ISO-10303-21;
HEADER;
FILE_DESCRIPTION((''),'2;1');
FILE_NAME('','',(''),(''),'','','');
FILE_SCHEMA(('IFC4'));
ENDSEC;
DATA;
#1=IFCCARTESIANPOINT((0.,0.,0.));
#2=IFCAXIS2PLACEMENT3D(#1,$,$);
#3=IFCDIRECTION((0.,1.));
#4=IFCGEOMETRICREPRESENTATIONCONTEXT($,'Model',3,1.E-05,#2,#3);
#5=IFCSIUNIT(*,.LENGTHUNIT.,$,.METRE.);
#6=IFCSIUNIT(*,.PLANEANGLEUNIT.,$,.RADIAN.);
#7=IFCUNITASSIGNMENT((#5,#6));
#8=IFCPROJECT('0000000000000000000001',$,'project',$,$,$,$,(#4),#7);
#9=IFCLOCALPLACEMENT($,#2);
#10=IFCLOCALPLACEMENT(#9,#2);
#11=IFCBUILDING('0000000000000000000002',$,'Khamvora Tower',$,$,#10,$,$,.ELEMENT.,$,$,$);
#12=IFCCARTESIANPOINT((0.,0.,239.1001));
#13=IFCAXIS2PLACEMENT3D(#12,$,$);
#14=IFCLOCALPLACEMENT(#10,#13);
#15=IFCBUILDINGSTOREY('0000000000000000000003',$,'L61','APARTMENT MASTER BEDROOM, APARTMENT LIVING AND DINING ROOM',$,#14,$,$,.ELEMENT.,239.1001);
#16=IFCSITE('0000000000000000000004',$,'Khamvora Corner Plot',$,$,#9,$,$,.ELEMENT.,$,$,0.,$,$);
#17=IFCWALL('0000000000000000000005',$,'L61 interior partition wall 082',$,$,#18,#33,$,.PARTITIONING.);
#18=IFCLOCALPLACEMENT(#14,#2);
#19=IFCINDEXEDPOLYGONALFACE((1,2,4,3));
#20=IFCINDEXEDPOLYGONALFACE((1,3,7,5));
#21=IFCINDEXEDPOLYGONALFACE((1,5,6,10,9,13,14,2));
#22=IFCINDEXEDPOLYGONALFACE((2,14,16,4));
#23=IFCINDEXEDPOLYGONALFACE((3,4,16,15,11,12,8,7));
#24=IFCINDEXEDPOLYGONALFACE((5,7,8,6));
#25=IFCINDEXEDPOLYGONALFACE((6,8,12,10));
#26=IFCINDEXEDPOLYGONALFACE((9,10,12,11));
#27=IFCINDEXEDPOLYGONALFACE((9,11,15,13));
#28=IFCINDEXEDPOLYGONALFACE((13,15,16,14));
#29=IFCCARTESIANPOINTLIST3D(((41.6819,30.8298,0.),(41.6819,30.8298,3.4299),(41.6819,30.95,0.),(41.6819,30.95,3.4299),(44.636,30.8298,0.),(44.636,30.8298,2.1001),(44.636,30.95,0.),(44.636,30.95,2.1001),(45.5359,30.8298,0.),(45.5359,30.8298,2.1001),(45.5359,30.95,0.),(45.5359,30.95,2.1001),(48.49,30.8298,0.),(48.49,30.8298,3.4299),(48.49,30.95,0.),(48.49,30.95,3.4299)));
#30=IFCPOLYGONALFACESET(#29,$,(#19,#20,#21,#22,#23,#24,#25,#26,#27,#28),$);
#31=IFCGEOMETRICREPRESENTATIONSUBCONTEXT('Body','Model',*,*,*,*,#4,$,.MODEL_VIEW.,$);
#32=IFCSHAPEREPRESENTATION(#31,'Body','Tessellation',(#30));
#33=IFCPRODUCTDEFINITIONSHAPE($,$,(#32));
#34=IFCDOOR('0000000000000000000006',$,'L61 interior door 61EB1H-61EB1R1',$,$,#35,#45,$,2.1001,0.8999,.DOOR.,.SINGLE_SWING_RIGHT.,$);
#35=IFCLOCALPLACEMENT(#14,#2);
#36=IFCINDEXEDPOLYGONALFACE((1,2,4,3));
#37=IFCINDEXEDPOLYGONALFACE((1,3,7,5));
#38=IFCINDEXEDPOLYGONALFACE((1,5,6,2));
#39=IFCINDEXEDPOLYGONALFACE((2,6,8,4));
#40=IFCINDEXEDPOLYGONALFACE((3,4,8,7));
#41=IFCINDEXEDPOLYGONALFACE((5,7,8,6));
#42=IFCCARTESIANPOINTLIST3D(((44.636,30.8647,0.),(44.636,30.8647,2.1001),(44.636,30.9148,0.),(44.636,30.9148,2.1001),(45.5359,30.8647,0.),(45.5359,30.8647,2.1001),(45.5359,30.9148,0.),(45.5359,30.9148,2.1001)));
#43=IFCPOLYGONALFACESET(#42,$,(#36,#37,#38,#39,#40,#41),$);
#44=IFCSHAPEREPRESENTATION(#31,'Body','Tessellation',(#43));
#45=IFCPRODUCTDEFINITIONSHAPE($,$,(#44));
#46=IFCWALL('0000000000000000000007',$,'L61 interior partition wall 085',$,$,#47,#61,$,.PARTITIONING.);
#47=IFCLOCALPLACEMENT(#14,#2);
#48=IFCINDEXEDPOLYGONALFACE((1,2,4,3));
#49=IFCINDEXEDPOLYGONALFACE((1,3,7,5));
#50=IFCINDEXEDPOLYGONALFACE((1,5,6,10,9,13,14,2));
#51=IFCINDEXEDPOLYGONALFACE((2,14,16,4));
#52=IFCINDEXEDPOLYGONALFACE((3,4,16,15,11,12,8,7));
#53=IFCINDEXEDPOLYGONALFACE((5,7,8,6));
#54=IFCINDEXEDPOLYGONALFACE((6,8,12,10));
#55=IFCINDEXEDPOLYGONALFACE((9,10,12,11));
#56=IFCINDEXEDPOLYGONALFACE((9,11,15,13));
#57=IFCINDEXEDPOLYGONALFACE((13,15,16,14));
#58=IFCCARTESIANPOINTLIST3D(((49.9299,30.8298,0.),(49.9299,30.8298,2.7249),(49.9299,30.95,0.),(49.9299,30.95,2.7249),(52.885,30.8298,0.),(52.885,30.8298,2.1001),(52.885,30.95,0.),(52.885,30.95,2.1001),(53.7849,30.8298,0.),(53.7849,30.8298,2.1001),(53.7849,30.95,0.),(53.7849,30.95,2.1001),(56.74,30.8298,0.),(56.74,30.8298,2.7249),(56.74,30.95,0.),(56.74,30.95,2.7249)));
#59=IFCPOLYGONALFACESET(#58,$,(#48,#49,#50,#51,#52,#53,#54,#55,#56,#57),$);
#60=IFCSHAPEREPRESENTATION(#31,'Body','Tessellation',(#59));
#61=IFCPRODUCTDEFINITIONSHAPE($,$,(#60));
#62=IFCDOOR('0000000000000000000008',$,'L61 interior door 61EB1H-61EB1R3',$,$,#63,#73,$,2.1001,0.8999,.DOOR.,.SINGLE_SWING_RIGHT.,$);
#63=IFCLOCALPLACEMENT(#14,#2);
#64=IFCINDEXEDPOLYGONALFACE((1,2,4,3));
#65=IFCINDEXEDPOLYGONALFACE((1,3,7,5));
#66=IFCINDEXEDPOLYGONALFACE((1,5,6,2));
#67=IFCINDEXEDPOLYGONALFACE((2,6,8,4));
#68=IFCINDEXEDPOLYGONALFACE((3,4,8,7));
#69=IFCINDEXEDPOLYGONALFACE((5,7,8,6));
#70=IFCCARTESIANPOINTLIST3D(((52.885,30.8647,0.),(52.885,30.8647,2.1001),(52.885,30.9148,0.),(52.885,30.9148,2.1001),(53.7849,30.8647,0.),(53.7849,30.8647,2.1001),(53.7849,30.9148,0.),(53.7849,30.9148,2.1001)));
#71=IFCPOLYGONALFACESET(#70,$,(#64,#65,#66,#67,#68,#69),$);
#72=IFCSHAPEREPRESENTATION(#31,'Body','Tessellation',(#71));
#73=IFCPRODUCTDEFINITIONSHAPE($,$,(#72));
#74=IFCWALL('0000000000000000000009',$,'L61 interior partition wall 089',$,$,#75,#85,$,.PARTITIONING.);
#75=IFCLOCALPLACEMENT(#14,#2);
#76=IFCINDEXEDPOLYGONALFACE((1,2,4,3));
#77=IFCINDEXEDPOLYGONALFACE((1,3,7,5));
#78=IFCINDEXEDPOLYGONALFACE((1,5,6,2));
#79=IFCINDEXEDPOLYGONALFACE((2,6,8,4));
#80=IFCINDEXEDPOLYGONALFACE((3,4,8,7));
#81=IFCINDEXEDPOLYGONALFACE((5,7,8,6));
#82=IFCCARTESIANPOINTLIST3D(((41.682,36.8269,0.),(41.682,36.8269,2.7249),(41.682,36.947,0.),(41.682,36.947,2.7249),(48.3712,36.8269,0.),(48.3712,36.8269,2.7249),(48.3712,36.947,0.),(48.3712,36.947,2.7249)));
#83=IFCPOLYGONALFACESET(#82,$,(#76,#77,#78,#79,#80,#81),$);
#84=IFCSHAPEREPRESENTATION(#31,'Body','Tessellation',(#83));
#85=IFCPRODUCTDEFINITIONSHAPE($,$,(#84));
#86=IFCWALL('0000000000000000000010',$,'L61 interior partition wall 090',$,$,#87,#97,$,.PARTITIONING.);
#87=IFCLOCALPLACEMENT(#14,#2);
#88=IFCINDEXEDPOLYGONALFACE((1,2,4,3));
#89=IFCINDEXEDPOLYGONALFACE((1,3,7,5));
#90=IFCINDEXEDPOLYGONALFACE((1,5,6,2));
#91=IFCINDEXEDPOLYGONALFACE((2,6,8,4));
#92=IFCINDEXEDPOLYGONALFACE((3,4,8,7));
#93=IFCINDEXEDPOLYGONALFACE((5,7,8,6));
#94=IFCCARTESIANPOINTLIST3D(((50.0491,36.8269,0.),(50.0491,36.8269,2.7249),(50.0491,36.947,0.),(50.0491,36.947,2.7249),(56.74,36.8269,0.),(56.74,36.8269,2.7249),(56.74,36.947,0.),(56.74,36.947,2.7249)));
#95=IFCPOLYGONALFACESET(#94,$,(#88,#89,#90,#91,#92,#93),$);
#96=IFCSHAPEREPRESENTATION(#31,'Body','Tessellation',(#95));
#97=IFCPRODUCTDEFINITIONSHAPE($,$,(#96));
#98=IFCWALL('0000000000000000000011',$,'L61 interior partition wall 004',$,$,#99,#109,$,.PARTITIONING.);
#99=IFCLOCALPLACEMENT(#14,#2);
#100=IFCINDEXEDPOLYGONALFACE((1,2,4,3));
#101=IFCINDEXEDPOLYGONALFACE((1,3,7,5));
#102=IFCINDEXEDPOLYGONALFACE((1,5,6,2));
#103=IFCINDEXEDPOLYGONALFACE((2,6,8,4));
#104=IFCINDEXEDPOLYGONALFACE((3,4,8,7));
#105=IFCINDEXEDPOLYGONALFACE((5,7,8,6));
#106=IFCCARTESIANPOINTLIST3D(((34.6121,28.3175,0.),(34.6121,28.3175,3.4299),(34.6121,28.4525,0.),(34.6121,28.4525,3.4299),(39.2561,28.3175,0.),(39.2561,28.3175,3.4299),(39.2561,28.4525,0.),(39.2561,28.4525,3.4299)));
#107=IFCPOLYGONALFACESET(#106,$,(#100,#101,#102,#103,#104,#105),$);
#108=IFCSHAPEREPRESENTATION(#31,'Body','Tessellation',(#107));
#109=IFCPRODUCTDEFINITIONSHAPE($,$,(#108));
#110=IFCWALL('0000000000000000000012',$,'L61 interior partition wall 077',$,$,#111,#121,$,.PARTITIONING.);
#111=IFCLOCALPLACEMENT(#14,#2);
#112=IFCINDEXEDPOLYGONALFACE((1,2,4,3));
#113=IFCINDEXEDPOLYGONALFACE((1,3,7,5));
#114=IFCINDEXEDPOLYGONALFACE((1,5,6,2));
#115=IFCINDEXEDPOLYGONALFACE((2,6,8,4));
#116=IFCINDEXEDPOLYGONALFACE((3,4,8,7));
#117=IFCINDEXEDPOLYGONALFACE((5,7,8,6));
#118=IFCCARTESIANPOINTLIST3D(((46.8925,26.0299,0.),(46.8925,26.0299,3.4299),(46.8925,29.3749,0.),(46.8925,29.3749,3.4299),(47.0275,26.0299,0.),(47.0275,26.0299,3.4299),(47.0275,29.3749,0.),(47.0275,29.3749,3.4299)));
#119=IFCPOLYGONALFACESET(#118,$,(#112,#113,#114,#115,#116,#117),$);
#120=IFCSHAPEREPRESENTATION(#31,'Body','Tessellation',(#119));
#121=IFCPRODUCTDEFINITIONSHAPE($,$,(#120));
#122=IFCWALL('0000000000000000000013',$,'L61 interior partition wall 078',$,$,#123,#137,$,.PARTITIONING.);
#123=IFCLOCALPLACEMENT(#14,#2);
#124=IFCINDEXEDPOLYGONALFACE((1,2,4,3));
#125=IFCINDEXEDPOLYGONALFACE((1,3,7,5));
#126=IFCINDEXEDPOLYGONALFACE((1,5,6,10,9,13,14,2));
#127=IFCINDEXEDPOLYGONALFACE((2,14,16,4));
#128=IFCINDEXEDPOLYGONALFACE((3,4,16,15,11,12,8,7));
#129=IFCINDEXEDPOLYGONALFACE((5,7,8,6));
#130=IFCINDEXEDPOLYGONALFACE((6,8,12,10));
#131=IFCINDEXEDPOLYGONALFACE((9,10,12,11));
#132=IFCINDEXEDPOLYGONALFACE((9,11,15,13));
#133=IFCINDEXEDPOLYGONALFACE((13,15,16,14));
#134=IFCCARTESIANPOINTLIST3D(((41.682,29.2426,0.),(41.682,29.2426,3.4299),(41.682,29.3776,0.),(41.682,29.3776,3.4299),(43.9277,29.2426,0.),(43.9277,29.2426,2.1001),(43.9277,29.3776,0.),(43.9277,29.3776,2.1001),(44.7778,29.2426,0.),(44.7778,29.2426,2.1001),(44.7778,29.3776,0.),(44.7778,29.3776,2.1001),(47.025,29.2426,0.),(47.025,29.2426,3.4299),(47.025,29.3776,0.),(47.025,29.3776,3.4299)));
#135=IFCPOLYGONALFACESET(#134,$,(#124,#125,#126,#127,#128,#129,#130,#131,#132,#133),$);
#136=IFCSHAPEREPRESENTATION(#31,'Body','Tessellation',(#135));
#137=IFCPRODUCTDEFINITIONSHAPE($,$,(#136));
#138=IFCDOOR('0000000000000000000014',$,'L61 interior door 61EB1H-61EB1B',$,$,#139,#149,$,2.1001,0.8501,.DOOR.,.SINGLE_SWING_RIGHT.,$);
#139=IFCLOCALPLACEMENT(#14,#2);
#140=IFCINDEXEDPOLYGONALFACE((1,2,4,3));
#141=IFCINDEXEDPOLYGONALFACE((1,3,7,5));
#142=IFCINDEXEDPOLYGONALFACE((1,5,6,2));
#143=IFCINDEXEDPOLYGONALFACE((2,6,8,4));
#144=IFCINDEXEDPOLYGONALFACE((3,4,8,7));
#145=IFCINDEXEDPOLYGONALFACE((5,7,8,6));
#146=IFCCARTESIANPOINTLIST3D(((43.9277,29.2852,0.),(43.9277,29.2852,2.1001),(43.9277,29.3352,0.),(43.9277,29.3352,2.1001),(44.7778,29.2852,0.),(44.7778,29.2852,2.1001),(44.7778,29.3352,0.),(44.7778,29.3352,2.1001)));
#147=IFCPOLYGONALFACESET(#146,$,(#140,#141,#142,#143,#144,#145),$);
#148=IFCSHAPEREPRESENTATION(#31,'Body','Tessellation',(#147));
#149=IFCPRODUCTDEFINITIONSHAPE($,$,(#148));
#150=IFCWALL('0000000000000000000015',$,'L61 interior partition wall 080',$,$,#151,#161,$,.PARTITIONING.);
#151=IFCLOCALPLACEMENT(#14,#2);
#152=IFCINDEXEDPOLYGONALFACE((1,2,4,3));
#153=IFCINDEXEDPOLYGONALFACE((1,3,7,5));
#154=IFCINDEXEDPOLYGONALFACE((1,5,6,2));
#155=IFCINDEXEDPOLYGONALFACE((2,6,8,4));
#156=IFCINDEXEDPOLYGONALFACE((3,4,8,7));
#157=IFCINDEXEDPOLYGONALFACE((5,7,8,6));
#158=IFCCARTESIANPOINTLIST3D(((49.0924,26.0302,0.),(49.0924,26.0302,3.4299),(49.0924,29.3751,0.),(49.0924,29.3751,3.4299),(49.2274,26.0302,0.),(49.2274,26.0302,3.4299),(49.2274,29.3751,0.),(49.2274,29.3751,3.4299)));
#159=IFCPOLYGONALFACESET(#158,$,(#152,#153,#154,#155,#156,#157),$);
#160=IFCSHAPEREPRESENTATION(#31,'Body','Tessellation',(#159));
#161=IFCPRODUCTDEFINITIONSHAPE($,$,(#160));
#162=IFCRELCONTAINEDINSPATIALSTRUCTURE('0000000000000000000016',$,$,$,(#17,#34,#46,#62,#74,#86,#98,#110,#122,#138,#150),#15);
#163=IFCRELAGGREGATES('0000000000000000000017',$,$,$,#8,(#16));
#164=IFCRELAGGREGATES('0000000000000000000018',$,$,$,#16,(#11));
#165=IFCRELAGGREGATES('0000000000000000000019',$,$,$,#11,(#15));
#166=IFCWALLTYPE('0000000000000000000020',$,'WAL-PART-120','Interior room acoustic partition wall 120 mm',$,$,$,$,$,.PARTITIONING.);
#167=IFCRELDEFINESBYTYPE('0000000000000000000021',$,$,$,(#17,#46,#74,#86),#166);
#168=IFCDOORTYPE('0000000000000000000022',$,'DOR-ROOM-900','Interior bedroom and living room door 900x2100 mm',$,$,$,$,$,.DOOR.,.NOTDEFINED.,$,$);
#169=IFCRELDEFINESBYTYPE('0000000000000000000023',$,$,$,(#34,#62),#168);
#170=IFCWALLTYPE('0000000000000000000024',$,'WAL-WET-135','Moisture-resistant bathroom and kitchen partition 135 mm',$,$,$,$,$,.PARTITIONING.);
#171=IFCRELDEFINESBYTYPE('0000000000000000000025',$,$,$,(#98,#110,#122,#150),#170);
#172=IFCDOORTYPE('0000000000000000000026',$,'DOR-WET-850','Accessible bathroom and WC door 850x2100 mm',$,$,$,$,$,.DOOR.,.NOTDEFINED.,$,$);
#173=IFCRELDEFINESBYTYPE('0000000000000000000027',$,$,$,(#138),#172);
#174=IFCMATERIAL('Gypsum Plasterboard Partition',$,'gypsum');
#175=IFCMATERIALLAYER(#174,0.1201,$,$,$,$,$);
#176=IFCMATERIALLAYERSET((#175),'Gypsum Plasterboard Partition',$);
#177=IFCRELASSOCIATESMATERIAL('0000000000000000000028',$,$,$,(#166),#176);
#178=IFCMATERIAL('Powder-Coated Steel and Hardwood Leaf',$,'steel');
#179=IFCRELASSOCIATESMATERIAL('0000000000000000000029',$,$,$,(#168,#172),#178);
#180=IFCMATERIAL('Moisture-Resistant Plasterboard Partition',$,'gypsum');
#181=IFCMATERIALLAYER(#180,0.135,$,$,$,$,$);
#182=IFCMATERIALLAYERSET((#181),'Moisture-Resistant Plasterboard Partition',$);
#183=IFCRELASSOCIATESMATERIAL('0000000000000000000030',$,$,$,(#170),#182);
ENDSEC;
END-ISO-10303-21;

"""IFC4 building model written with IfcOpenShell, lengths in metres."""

from ifc_helpers import new_model, si_unit, direction, frame, frame_2d, origin, place, context, subcontext, project, spatial, rectangle, extrude, material, layer, layer_set, type_object, element, fill, save


model = new_model("IFC4")

# Units and contexts
model_context = context("Model", 3, precision=1e-05, world=origin(), true_north=direction((0.0, 1.0)))
body_context = subcontext(model_context, "Body", "Model", "MODEL_VIEW")
ifc_project = project(units=[si_unit("LENGTHUNIT", "METRE"), si_unit("PLANEANGLEUNIT", "RADIAN")], contexts=[model_context])

# Site, building, storey
site_placement = place(None, origin())
site = spatial("IfcSite", under=ifc_project, at=site_placement, Name="Khamvora Corner Plot", CompositionType="ELEMENT", RefElevation=0.0)
building_placement = place(site_placement, origin())
building = spatial("IfcBuilding", under=site, at=building_placement, Name="Khamvora Tower", CompositionType="ELEMENT")
storey_placement = place(building_placement, frame((0.0, 0.0, 239.1001)))
storey = spatial("IfcBuildingStorey", under=building, at=storey_placement, Name="L61", Description="APARTMENT MASTER BEDROOM, APARTMENT LIVING AND DINING ROOM", CompositionType="ELEMENT", Elevation=239.1001)

# Shared definitions
ifc_material_1 = material(Name="Powder-Coated Steel and Hardwood Leaf", Category="steel")

# Shared definitions
ifc_material_2 = material(Name="Gypsum Plasterboard Partition", Category="gypsum")
ifc_layer_1 = layer(ifc_material_2, 0.1201)
ifc_layer_set_1 = layer_set([ifc_layer_1], Name="Gypsum Plasterboard Partition")
wall_type_1 = type_object("IfcWallType", Name="WAL-PART-120", Description="Interior room acoustic partition wall 120 mm", PredefinedType="PARTITIONING", material=ifc_layer_set_1)

# Walls, openings, doors
wall_1_placement = place(storey_placement, frame((41.6819, 30.8899, 0.0), z_axis=(0.0, 0.0, 1.0), x_axis=(1.0, 0.0, 0.0)))
wall_1 = element("IfcWall", 1, at=wall_1_placement, inside=storey, type_object=wall_type_1, Name="L61 interior partition wall 082", PredefinedType="PARTITIONING", context=body_context, shape_type="SweptSolid", body=[
    extrude(rectangle(XDim=6.8081, YDim=0.1201, at=frame_2d((3.4041, 0.0))), origin(), (0.0, 0.0, 1.0), 3.4299),
])
opening_1_placement = place(wall_1_placement, frame((2.9541, 0.0, 0.0)))
opening_1 = element("IfcOpeningElement", 2, at=opening_1_placement, cuts=wall_1, PredefinedType="OPENING", context=body_context, shape_type="SweptSolid", body=[
    extrude(rectangle(XDim=0.8999, YDim=2.1001, at=frame_2d((0.45, 1.05))), frame((0.0, 0.0701, 0.0), z_axis=(0.0, -1.0, 0.0), x_axis=(1.0, 0.0, 0.0)), (0.0, 0.0, 1.0), 0.1401),
])
door_type_1 = type_object("IfcDoorType", Name="DOR-ROOM-900", Description="Interior bedroom and living room door 900x2100 mm", OperationType="NOTDEFINED", PredefinedType="DOOR", material=ifc_material_1)
door_1_placement = place(opening_1_placement, origin())
door_1 = element("IfcDoor", 3, at=door_1_placement, inside=storey, type_object=door_type_1, Name="L61 interior door 61EB1H-61EB1R1", OperationType="SINGLE_SWING_RIGHT", OverallHeight=2.1001, OverallWidth=0.8999, PredefinedType="DOOR", context=body_context, shape_type="SweptSolid", body=[
    extrude(rectangle(XDim=0.8999, YDim=2.1001, at=frame_2d((0.45, 1.05))), frame((0.0, 0.0249, 0.0), z_axis=(0.0, -1.0, 0.0), x_axis=(1.0, 0.0, 0.0)), (0.0, 0.0, 1.0), 0.05),
])
fill(opening_1, door_1)
wall_2_placement = place(storey_placement, frame((49.9299, 30.8899, 0.0), z_axis=(0.0, 0.0, 1.0), x_axis=(1.0, 0.0, 0.0)))
wall_2 = element("IfcWall", 4, at=wall_2_placement, inside=storey, type_object=wall_type_1, Name="L61 interior partition wall 085", PredefinedType="PARTITIONING", context=body_context, shape_type="SweptSolid", body=[
    extrude(rectangle(XDim=6.8101, YDim=0.1201, at=frame_2d((3.405, 0.0))), origin(), (0.0, 0.0, 1.0), 2.7249),
])
opening_2_placement = place(wall_2_placement, frame((2.9551, 0.0, 0.0)))
opening_2 = element("IfcOpeningElement", 5, at=opening_2_placement, cuts=wall_2, PredefinedType="OPENING", context=body_context, shape_type="SweptSolid", body=[
    extrude(rectangle(XDim=0.8999, YDim=2.1001, at=frame_2d((0.45, 1.05))), frame((0.0, 0.0701, 0.0), z_axis=(0.0, -1.0, 0.0), x_axis=(1.0, 0.0, 0.0)), (0.0, 0.0, 1.0), 0.1401),
])
door_2_placement = place(opening_2_placement, origin())
door_2 = element("IfcDoor", 6, at=door_2_placement, inside=storey, type_object=door_type_1, Name="L61 interior door 61EB1H-61EB1R3", OperationType="SINGLE_SWING_RIGHT", OverallHeight=2.1001, OverallWidth=0.8999, PredefinedType="DOOR", context=body_context, shape_type="SweptSolid", body=[
    extrude(rectangle(XDim=0.8999, YDim=2.1001, at=frame_2d((0.45, 1.05))), frame((0.0, 0.0249, 0.0), z_axis=(0.0, -1.0, 0.0), x_axis=(1.0, 0.0, 0.0)), (0.0, 0.0, 1.0), 0.05),
])
fill(opening_2, door_2)

# Walls
wall_3_placement = place(storey_placement, frame((41.6819, 36.887, 0.0), z_axis=(0.0, 0.0, 1.0), x_axis=(1.0, 0.0, 0.0)))
element("IfcWall", 7, at=wall_3_placement, inside=storey, type_object=wall_type_1, Name="L61 interior partition wall 089", PredefinedType="PARTITIONING", context=body_context, shape_type="SweptSolid", body=[
    extrude(rectangle(XDim=6.6892, YDim=0.1201, at=frame_2d((3.3447, 0.0))), origin(), (0.0, 0.0, 1.0), 2.7249),
])
wall_4_placement = place(storey_placement, frame((50.0491, 36.887, 0.0), z_axis=(0.0, 0.0, 1.0), x_axis=(1.0, 0.0, 0.0)))
element("IfcWall", 8, at=wall_4_placement, inside=storey, type_object=wall_type_1, Name="L61 interior partition wall 090", PredefinedType="PARTITIONING", context=body_context, shape_type="SweptSolid", body=[
    extrude(rectangle(XDim=6.6909, YDim=0.1201, at=frame_2d((3.3455, 0.0))), origin(), (0.0, 0.0, 1.0), 2.7249),
])
ifc_material_3 = material(Name="Moisture-Resistant Plasterboard Partition", Category="gypsum")
ifc_layer_2 = layer(ifc_material_3, 0.135)
ifc_layer_set_2 = layer_set([ifc_layer_2], Name="Moisture-Resistant Plasterboard Partition")
wall_type_2 = type_object("IfcWallType", Name="WAL-WET-135", Description="Moisture-resistant bathroom and kitchen partition 135 mm", PredefinedType="PARTITIONING", material=ifc_layer_set_2)
wall_5_placement = place(storey_placement, frame((39.2561, 28.385, 0.0), z_axis=(0.0, 0.0, 1.0), x_axis=(-1.0, 0.0, 0.0)))
element("IfcWall", 9, at=wall_5_placement, inside=storey, type_object=wall_type_2, Name="L61 interior partition wall 004", PredefinedType="PARTITIONING", context=body_context, shape_type="SweptSolid", body=[
    extrude(rectangle(XDim=4.644, YDim=0.135, at=frame_2d((2.322, 0.0))), origin(), (0.0, 0.0, 1.0), 3.4299),
])
wall_6_placement = place(storey_placement, frame((46.96, 26.03, 0.0), z_axis=(0.0, 0.0, 1.0), x_axis=(0.0, 1.0, 0.0)))
element("IfcWall", 10, at=wall_6_placement, inside=storey, type_object=wall_type_2, Name="L61 interior partition wall 077", PredefinedType="PARTITIONING", context=body_context, shape_type="SweptSolid", body=[
    extrude(rectangle(XDim=3.345, YDim=0.135, at=frame_2d((1.6724, 0.0))), origin(), (0.0, 0.0, 1.0), 3.4299),
])

# Wall, opening, door
wall_7_placement = place(storey_placement, frame((47.0249, 29.3101, 0.0), z_axis=(0.0, 0.0, 1.0), x_axis=(-1.0, 0.0, 0.0)))
wall_7 = element("IfcWall", 11, at=wall_7_placement, inside=storey, type_object=wall_type_2, Name="L61 interior partition wall 078", PredefinedType="PARTITIONING", context=body_context, shape_type="SweptSolid", body=[
    extrude(rectangle(XDim=5.343, YDim=0.135, at=frame_2d((2.6714, 0.0))), origin(), (0.0, 0.0, 1.0), 3.4299),
])
opening_3_placement = place(wall_7_placement, frame((2.2471, 0.0, 0.0)))
opening_3 = element("IfcOpeningElement", 12, at=opening_3_placement, cuts=wall_7, PredefinedType="OPENING", context=body_context, shape_type="SweptSolid", body=[
    extrude(rectangle(XDim=0.8501, YDim=2.1001, at=frame_2d((0.425, 1.05))), frame((0.0, 0.0774, 0.0), z_axis=(0.0, -1.0, 0.0), x_axis=(1.0, 0.0, 0.0)), (0.0, 0.0, 1.0), 0.155),
])
door_type_2 = type_object("IfcDoorType", Name="DOR-WET-850", Description="Accessible bathroom and WC door 850x2100 mm", OperationType="NOTDEFINED", PredefinedType="DOOR", material=ifc_material_1)
door_3_placement = place(opening_3_placement, origin())
door_3 = element("IfcDoor", 13, at=door_3_placement, inside=storey, type_object=door_type_2, Name="L61 interior door 61EB1H-61EB1B", OperationType="SINGLE_SWING_RIGHT", OverallHeight=2.1001, OverallWidth=0.8501, PredefinedType="DOOR", context=body_context, shape_type="SweptSolid", body=[
    extrude(rectangle(XDim=0.8501, YDim=2.1001, at=frame_2d((0.425, 1.05))), frame((0.0, 0.0249, 0.0), z_axis=(0.0, -1.0, 0.0), x_axis=(1.0, 0.0, 0.0)), (0.0, 0.0, 1.0), 0.05),
])
fill(opening_3, door_3)

# Wall
wall_8_placement = place(storey_placement, frame((49.1599, 29.375, 0.0), z_axis=(0.0, 0.0, 1.0), x_axis=(0.0, -1.0, 0.0)))
element("IfcWall", 14, at=wall_8_placement, inside=storey, type_object=wall_type_2, Name="L61 interior partition wall 080", PredefinedType="PARTITIONING", context=body_context, shape_type="SweptSolid", body=[
    extrude(rectangle(XDim=3.345, YDim=0.135, at=frame_2d((1.6724, 0.0))), origin(), (0.0, 0.0, 1.0), 3.4299),
])

save(model, "model.ifc")
